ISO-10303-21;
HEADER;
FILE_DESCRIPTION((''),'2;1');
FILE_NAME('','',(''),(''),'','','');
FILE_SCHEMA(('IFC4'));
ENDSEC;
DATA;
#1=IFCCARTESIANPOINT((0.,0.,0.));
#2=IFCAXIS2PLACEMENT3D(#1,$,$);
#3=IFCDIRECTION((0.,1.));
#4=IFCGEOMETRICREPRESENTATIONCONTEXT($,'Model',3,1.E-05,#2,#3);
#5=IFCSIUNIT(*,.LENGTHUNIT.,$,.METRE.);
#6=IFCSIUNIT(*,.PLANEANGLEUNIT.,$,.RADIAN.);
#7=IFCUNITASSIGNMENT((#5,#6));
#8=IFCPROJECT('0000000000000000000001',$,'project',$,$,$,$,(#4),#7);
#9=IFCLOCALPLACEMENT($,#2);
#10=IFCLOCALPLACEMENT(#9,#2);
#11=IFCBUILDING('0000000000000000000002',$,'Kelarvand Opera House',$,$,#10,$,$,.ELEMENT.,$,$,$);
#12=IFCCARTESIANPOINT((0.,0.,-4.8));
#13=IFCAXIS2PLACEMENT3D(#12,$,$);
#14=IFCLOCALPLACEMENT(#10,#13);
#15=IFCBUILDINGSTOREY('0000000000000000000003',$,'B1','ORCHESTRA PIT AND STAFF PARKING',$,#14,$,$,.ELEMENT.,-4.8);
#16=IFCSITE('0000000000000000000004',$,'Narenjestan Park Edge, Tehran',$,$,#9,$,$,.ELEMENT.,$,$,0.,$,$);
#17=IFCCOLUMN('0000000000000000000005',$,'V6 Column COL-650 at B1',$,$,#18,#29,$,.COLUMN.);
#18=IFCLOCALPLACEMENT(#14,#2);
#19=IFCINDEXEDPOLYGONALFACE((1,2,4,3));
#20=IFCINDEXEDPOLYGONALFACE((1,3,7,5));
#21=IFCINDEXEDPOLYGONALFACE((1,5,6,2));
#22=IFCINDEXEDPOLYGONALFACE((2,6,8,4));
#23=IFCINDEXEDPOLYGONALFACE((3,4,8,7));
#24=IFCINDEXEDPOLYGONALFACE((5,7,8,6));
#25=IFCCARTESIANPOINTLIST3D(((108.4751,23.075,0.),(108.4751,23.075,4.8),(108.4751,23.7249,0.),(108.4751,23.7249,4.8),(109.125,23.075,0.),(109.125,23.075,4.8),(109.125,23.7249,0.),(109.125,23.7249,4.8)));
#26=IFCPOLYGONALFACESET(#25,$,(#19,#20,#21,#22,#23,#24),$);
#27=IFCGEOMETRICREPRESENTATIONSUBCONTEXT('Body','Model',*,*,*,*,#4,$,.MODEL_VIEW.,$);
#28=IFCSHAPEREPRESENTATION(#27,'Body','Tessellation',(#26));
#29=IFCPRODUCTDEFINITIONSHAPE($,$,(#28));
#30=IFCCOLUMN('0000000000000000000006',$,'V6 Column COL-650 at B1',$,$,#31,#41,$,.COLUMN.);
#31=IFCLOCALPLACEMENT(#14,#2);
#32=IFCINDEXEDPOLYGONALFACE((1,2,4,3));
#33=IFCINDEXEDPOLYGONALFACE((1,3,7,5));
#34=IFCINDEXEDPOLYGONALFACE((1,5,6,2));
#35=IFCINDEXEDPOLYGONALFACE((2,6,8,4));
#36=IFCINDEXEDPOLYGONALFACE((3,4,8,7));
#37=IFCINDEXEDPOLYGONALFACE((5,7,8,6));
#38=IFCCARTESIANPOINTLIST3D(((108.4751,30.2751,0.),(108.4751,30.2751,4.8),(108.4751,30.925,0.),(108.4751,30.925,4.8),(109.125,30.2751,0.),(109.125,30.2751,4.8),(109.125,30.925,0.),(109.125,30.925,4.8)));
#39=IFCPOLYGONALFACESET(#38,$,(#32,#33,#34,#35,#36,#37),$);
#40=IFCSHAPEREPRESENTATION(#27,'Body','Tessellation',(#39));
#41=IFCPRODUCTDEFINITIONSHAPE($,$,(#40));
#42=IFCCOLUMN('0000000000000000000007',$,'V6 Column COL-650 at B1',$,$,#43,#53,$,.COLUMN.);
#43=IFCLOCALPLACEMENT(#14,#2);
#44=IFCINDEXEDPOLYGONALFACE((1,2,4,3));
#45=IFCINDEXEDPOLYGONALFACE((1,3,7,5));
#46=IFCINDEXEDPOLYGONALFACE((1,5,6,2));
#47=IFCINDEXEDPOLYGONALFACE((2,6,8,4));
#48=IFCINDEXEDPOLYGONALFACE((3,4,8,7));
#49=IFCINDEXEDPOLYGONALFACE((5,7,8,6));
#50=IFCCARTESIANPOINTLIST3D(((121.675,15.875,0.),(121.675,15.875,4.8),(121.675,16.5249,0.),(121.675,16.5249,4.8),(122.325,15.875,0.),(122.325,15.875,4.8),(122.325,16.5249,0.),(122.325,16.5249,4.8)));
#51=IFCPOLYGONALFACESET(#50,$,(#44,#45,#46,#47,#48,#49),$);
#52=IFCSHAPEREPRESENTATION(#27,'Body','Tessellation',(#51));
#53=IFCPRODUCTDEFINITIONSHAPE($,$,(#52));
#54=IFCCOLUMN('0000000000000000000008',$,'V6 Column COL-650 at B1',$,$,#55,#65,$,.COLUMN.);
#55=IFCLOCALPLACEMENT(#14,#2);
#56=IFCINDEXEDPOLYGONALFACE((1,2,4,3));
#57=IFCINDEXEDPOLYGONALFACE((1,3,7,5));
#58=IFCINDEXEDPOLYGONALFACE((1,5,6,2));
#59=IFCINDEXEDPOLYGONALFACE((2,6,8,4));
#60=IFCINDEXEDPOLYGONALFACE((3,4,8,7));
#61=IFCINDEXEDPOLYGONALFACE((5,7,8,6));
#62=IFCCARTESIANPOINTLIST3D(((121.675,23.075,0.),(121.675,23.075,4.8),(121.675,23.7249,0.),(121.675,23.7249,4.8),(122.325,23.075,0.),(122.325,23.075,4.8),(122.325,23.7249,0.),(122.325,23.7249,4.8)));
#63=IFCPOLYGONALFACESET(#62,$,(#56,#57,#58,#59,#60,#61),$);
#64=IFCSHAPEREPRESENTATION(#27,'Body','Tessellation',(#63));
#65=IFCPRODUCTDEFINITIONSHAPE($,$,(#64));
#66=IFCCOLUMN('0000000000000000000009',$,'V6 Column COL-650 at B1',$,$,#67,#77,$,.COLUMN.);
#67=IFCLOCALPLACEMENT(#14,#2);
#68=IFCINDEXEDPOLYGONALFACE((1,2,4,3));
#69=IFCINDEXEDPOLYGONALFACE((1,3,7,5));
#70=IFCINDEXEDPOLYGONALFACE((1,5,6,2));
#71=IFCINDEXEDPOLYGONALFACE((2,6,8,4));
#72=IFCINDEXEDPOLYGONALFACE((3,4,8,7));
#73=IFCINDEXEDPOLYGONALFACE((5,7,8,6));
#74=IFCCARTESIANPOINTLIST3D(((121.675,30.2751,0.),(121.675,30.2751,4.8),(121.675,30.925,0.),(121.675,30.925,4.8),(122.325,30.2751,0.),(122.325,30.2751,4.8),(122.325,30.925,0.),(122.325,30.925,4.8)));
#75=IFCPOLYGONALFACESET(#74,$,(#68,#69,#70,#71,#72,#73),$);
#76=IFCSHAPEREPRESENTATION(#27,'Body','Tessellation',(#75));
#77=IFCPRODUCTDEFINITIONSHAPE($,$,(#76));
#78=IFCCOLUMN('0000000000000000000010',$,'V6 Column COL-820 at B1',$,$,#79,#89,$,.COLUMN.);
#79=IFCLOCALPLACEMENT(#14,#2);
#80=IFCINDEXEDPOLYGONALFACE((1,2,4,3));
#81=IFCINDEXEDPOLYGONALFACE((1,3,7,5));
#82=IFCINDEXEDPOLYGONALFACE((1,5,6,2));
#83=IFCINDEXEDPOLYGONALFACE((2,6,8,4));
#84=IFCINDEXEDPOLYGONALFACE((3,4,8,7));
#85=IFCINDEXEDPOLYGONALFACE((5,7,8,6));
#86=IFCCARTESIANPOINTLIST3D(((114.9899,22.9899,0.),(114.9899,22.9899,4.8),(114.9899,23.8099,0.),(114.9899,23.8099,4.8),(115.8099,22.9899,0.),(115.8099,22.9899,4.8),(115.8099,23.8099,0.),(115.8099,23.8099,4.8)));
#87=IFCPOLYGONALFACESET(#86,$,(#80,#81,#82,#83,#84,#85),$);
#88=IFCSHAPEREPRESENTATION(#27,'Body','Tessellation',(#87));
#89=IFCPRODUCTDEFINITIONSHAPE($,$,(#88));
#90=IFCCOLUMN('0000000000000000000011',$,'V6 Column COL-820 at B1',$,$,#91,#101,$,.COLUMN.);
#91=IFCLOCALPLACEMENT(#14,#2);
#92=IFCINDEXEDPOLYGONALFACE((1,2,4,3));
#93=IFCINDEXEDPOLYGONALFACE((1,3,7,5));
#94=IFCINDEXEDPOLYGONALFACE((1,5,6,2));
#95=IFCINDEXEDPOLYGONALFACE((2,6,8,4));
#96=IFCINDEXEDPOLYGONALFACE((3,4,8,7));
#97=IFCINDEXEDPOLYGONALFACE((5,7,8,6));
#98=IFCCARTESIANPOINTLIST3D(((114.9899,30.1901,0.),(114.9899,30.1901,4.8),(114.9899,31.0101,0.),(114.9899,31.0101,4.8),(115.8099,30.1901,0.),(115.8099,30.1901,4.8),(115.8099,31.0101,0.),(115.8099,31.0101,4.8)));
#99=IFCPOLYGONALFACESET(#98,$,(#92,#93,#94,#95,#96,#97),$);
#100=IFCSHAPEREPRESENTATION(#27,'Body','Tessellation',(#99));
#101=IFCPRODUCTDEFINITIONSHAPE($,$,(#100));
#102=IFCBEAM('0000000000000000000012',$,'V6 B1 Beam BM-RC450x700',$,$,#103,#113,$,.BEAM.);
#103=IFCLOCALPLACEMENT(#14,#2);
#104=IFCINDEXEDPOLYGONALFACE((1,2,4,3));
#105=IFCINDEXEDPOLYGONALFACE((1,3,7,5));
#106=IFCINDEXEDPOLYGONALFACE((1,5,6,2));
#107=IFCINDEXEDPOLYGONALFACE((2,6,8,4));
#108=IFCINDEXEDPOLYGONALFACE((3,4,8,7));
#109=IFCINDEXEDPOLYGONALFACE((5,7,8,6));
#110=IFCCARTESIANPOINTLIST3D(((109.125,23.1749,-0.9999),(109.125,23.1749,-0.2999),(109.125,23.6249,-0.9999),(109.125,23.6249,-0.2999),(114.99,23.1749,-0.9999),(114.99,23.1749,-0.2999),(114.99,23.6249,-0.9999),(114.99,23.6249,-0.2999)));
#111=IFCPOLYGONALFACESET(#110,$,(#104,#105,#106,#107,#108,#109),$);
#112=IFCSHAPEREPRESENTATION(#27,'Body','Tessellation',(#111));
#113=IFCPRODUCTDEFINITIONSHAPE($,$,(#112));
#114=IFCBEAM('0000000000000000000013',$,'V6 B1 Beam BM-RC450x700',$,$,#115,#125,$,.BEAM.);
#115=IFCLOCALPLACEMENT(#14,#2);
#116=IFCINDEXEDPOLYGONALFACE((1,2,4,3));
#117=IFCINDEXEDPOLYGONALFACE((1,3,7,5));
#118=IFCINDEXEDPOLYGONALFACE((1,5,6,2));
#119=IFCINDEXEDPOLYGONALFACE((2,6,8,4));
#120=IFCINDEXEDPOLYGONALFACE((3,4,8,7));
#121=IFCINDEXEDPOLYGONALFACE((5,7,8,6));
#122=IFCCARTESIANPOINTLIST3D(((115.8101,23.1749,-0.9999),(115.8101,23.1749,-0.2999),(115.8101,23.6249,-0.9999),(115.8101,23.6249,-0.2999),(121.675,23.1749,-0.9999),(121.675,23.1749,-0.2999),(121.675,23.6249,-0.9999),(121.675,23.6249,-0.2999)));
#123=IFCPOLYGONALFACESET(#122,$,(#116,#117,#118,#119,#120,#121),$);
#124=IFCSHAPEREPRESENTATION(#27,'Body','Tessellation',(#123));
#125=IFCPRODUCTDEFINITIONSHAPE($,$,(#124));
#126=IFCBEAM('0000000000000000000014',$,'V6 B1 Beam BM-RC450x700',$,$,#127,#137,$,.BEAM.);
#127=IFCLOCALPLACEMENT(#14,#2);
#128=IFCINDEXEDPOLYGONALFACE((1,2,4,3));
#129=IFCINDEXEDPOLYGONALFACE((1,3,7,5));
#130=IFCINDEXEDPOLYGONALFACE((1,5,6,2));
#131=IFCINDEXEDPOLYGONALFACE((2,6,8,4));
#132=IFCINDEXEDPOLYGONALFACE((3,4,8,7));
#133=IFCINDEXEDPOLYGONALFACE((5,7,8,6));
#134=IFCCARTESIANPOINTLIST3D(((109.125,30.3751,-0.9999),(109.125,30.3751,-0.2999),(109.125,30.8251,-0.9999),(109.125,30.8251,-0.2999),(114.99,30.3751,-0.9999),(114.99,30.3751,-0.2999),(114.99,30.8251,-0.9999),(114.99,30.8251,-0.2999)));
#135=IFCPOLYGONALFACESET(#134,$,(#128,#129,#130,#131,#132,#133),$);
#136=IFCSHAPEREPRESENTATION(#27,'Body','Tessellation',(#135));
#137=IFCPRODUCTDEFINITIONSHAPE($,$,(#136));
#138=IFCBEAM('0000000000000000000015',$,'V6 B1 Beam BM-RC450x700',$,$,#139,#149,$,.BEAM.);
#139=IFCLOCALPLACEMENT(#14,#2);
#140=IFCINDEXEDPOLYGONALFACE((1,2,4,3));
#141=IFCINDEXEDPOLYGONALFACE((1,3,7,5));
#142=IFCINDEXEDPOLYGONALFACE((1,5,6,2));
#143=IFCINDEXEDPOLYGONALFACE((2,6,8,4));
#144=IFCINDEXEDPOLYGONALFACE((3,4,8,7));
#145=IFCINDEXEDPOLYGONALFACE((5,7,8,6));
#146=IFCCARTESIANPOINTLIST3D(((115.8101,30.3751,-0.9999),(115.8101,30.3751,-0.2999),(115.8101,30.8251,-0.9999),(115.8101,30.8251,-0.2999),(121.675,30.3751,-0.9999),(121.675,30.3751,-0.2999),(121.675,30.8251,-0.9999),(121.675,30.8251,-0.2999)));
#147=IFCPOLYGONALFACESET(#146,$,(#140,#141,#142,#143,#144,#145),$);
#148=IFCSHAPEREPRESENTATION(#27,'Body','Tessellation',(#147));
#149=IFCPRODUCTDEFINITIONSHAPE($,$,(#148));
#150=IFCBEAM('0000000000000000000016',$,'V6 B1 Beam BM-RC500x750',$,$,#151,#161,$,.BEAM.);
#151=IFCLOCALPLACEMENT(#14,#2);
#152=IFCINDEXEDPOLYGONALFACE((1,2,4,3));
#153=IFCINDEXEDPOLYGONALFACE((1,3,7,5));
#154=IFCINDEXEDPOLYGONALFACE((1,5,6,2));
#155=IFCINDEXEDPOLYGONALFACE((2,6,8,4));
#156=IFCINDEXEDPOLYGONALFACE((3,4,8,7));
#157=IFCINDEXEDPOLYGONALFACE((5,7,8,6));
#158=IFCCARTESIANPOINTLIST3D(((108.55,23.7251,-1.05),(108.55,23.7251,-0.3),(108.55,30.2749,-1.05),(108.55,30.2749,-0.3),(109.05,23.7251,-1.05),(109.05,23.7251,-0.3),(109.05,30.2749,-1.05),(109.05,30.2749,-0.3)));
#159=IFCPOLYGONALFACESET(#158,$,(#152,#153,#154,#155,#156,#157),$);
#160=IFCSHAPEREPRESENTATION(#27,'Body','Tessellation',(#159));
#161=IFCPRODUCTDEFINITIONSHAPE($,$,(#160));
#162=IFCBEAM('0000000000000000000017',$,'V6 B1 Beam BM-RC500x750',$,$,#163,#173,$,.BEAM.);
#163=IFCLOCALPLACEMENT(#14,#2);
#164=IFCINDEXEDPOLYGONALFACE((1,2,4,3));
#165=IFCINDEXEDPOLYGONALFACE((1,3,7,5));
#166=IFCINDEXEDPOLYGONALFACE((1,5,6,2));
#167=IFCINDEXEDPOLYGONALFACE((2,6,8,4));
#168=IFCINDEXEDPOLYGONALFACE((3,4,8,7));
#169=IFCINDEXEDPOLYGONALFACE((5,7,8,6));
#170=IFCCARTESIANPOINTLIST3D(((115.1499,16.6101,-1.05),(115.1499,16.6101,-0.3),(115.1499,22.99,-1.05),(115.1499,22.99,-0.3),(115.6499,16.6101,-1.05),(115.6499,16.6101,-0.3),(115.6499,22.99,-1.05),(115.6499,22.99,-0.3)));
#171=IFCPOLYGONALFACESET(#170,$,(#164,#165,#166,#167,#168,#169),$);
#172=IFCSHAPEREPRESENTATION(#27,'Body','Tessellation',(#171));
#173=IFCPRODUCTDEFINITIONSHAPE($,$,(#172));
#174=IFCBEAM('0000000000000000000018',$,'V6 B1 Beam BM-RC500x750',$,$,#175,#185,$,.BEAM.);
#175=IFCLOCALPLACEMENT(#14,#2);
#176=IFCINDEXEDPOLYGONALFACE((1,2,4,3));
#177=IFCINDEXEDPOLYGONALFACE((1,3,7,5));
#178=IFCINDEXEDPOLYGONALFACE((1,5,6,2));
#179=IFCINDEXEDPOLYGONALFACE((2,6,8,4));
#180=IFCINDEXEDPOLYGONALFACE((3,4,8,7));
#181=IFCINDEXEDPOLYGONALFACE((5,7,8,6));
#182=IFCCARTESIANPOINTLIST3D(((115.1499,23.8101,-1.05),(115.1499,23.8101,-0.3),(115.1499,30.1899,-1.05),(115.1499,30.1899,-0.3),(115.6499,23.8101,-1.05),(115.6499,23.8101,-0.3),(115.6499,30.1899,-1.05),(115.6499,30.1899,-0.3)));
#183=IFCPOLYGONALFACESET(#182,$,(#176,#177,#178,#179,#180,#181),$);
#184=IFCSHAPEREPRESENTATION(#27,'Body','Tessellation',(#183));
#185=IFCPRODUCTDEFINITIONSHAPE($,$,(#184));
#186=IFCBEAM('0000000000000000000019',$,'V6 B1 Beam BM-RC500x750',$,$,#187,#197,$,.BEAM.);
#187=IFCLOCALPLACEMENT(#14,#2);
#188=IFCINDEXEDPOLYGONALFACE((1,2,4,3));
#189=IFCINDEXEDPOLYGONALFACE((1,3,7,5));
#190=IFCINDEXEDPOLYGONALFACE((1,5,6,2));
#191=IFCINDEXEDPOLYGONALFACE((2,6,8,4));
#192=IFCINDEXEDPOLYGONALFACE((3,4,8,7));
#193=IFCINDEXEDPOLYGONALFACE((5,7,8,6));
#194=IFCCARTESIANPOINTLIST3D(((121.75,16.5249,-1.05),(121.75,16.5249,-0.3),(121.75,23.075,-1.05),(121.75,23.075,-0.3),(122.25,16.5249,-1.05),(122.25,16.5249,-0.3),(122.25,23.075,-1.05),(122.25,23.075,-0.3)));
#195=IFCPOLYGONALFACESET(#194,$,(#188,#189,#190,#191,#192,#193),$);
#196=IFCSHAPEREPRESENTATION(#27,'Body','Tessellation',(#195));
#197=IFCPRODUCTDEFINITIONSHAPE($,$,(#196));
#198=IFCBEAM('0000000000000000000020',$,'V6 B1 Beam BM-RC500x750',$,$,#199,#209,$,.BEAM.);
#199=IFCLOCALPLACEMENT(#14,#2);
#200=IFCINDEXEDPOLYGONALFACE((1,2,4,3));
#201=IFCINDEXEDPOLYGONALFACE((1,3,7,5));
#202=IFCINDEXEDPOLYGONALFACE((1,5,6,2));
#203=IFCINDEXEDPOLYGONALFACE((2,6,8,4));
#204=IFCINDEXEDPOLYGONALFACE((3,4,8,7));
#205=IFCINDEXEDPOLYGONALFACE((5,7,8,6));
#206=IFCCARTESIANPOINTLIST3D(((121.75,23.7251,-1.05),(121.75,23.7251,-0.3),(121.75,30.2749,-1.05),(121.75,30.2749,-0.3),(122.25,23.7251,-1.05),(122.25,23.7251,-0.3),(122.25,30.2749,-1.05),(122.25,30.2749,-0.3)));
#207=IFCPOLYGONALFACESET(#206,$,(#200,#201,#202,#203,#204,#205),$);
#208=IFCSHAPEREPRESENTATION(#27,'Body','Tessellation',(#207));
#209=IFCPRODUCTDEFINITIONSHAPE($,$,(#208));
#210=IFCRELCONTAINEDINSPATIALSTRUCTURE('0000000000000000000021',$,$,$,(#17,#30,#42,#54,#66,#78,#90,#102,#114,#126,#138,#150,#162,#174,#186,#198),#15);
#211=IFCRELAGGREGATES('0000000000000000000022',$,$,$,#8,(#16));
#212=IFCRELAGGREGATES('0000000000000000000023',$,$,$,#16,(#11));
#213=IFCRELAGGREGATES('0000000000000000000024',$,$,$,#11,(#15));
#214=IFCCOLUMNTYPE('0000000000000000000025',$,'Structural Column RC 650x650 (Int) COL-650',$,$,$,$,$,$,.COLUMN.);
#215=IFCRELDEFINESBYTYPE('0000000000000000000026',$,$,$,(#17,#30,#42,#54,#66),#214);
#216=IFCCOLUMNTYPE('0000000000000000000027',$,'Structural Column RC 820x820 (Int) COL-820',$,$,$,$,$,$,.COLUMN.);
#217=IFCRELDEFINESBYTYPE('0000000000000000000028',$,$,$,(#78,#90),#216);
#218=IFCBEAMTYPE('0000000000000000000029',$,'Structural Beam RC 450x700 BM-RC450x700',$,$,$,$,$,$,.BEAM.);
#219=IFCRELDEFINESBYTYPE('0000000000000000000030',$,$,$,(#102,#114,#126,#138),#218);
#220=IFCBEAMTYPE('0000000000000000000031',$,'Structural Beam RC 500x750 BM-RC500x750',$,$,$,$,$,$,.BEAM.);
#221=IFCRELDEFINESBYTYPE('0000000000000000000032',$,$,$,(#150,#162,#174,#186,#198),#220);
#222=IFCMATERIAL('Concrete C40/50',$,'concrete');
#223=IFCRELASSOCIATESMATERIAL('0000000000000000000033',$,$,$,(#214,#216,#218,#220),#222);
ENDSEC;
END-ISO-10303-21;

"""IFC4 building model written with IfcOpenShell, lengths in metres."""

from ifc_helpers import new_model, si_unit, direction, frame, origin, origin_2d, place, context, subcontext, project, spatial, rectangle, extrude, material, material_profile, profile_set, type_object, element, save


model = new_model("IFC4")

# Units and contexts
model_context = context("Model", 3, precision=1e-05, world=origin(), true_north=direction((0.0, 1.0)))
body_context = subcontext(model_context, "Body", "Model", "MODEL_VIEW")
ifc_project = project(units=[si_unit("LENGTHUNIT", "METRE"), si_unit("PLANEANGLEUNIT", "RADIAN")], contexts=[model_context])

# Site, building, storey
site_placement = place(None, origin())
site = spatial("IfcSite", under=ifc_project, at=site_placement, Name="Narenjestan Park Edge, Tehran", CompositionType="ELEMENT", RefElevation=0.0)
building_placement = place(site_placement, origin())
building = spatial("IfcBuilding", under=site, at=building_placement, Name="Kelarvand Opera House", CompositionType="ELEMENT")
storey_placement = place(building_placement, frame((0.0, 0.0, -4.8)))
storey = spatial("IfcBuildingStorey", under=building, at=storey_placement, Name="B1", Description="ORCHESTRA PIT AND STAFF PARKING", CompositionType="ELEMENT", Elevation=-4.8)

# Columns
ifc_material_1 = material(Name="Concrete C40/50", Category="concrete")
ifc_material_profile_1 = material_profile(ifc_material_1, rectangle(XDim=0.6499, YDim=0.6499, at=origin_2d()), Name="RC 650x650", Category="concrete")
ifc_profile_set_1 = profile_set([ifc_material_profile_1], Name="Concrete C40/50")
column_type_1 = type_object("IfcColumnType", Name="Structural Column RC 650x650 (Int) COL-650", PredefinedType="COLUMN", material=ifc_profile_set_1)
for number, where, z_axis, x_axis, name in (
    (1, (108.8, 23.3999, 0.0), (0.0, 0.0, 1.0), (1.0, 0.0, 0.0), "V6 Column COL-650 at B1"),
    (2, (108.8, 30.6001, 0.0), (0.0, 0.0, 1.0), (1.0, 0.0, 0.0), "V6 Column COL-650 at B1"),
    (3, (122.0, 16.2, 0.0), (0.0, 0.0, 1.0), (1.0, 0.0, 0.0), "V6 Column COL-650 at B1"),
    (4, (122.0, 23.3999, 0.0), (0.0, 0.0, 1.0), (1.0, 0.0, 0.0), "V6 Column COL-650 at B1"),
    (5, (122.0, 30.6001, 0.0), (0.0, 0.0, 1.0), (1.0, 0.0, 0.0), "V6 Column COL-650 at B1"),
):
    element("IfcColumn", number, at=place(storey_placement, frame(where, z_axis=z_axis, x_axis=x_axis)), inside=storey, type_object=column_type_1, Name=name, PredefinedType="COLUMN", context=body_context, shape_type="SweptSolid", body=[
        extrude(rectangle(XDim=0.6499, YDim=0.6499, at=origin_2d()), origin(), (0.0, 0.0, 1.0), 4.8),
    ])
ifc_material_profile_2 = material_profile(ifc_material_1, rectangle(XDim=0.8201, YDim=0.8201, at=origin_2d()), Name="RC 820x820", Category="concrete")
ifc_profile_set_2 = profile_set([ifc_material_profile_2], Name="Concrete C40/50")
column_type_2 = type_object("IfcColumnType", Name="Structural Column RC 820x820 (Int) COL-820", PredefinedType="COLUMN", material=ifc_profile_set_2)
for number, where, z_axis, x_axis, name in (
    (6, (115.3999, 23.3999, 0.0), (0.0, 0.0, 1.0), (1.0, 0.0, 0.0), "V6 Column COL-820 at B1"),
    (7, (115.3999, 30.6001, 0.0), (0.0, 0.0, 1.0), (1.0, 0.0, 0.0), "V6 Column COL-820 at B1"),
):
    element("IfcColumn", number, at=place(storey_placement, frame(where, z_axis=z_axis, x_axis=x_axis)), inside=storey, type_object=column_type_2, Name=name, PredefinedType="COLUMN", context=body_context, shape_type="SweptSolid", body=[
        extrude(rectangle(XDim=0.8201, YDim=0.8201, at=origin_2d()), origin(), (0.0, 0.0, 1.0), 4.8),
    ])

# Beams
ifc_material_profile_3 = material_profile(ifc_material_1, rectangle(XDim=0.45, YDim=0.7, at=origin_2d()), Name="RC 450x700", Category="concrete")
ifc_profile_set_3 = profile_set([ifc_material_profile_3], Name="Concrete C40/50")
beam_type_1 = type_object("IfcBeamType", Name="Structural Beam RC 450x700 BM-RC450x700", PredefinedType="BEAM", material=ifc_profile_set_3)
for number, where, z_axis, x_axis, name in (
    (8, (109.125, 23.3999, -0.6499), (1.0, 0.0, 0.0), (0.0, 1.0, 0.0), "V6 B1 Beam BM-RC450x700"),
    (9, (115.8101, 23.3999, -0.6499), (1.0, 0.0, 0.0), (0.0, 1.0, 0.0), "V6 B1 Beam BM-RC450x700"),
    (10, (109.125, 30.6001, -0.6499), (1.0, 0.0, 0.0), (0.0, 1.0, 0.0), "V6 B1 Beam BM-RC450x700"),
    (11, (115.8101, 30.6001, -0.6499), (1.0, 0.0, 0.0), (0.0, 1.0, 0.0), "V6 B1 Beam BM-RC450x700"),
):
    element("IfcBeam", number, at=place(storey_placement, frame(where, z_axis=z_axis, x_axis=x_axis)), inside=storey, type_object=beam_type_1, Name=name, PredefinedType="BEAM", context=body_context, shape_type="SweptSolid", body=[
        extrude(rectangle(XDim=0.45, YDim=0.7, at=origin_2d()), origin(), (0.0, 0.0, 1.0), 5.865),
    ])
ifc_material_profile_4 = material_profile(ifc_material_1, rectangle(XDim=0.5, YDim=0.75, at=origin_2d()), Name="RC 500x750", Category="concrete")
ifc_profile_set_4 = profile_set([ifc_material_profile_4], Name="Concrete C40/50")
beam_type_2 = type_object("IfcBeamType", Name="Structural Beam RC 500x750 BM-RC500x750", PredefinedType="BEAM", material=ifc_profile_set_4)
beam_1_placement = place(storey_placement, frame((108.8, 23.7251, -0.675), z_axis=(0.0, 1.0, 0.0), x_axis=(-1.0, 0.0, 0.0)))
element("IfcBeam", 12, at=beam_1_placement, inside=storey, type_object=beam_type_2, Name="V6 B1 Beam BM-RC500x750", PredefinedType="BEAM", context=body_context, shape_type="SweptSolid", body=[
    extrude(rectangle(XDim=0.5, YDim=0.75, at=origin_2d()), origin(), (0.0, 0.0, 1.0), 6.5498),
])
for number, where, z_axis, x_axis, name in (
    (13, (115.3999, 16.6101, -0.675), (0.0, 1.0, 0.0), (-1.0, 0.0, 0.0), "V6 B1 Beam BM-RC500x750"),
    (14, (115.3999, 23.8101, -0.675), (0.0, 1.0, 0.0), (-1.0, 0.0, 0.0), "V6 B1 Beam BM-RC500x750"),
):
    element("IfcBeam", number, at=place(storey_placement, frame(where, z_axis=z_axis, x_axis=x_axis)), inside=storey, type_object=beam_type_2, Name=name, PredefinedType="BEAM", context=body_context, shape_type="SweptSolid", body=[
        extrude(rectangle(XDim=0.5, YDim=0.75, at=origin_2d()), origin(), (0.0, 0.0, 1.0), 6.3799),
    ])
beam_2_placement = place(storey_placement, frame((122.0, 16.5249, -0.675), z_axis=(0.0, 1.0, 0.0), x_axis=(-1.0, 0.0, 0.0)))
element("IfcBeam", 15, at=beam_2_placement, inside=storey, type_object=beam_type_2, Name="V6 B1 Beam BM-RC500x750", PredefinedType="BEAM", context=body_context, shape_type="SweptSolid", body=[
    extrude(rectangle(XDim=0.5, YDim=0.75, at=origin_2d()), origin(), (0.0, 0.0, 1.0), 6.55),
])
beam_3_placement = place(storey_placement, frame((122.0, 23.7251, -0.675), z_axis=(0.0, 1.0, 0.0), x_axis=(-1.0, 0.0, 0.0)))
element("IfcBeam", 16, at=beam_3_placement, inside=storey, type_object=beam_type_2, Name="V6 B1 Beam BM-RC500x750", PredefinedType="BEAM", context=body_context, shape_type="SweptSolid", body=[
    extrude(rectangle(XDim=0.5, YDim=0.75, at=origin_2d()), origin(), (0.0, 0.0, 1.0), 6.5498),
])

save(model, "model.ifc")
